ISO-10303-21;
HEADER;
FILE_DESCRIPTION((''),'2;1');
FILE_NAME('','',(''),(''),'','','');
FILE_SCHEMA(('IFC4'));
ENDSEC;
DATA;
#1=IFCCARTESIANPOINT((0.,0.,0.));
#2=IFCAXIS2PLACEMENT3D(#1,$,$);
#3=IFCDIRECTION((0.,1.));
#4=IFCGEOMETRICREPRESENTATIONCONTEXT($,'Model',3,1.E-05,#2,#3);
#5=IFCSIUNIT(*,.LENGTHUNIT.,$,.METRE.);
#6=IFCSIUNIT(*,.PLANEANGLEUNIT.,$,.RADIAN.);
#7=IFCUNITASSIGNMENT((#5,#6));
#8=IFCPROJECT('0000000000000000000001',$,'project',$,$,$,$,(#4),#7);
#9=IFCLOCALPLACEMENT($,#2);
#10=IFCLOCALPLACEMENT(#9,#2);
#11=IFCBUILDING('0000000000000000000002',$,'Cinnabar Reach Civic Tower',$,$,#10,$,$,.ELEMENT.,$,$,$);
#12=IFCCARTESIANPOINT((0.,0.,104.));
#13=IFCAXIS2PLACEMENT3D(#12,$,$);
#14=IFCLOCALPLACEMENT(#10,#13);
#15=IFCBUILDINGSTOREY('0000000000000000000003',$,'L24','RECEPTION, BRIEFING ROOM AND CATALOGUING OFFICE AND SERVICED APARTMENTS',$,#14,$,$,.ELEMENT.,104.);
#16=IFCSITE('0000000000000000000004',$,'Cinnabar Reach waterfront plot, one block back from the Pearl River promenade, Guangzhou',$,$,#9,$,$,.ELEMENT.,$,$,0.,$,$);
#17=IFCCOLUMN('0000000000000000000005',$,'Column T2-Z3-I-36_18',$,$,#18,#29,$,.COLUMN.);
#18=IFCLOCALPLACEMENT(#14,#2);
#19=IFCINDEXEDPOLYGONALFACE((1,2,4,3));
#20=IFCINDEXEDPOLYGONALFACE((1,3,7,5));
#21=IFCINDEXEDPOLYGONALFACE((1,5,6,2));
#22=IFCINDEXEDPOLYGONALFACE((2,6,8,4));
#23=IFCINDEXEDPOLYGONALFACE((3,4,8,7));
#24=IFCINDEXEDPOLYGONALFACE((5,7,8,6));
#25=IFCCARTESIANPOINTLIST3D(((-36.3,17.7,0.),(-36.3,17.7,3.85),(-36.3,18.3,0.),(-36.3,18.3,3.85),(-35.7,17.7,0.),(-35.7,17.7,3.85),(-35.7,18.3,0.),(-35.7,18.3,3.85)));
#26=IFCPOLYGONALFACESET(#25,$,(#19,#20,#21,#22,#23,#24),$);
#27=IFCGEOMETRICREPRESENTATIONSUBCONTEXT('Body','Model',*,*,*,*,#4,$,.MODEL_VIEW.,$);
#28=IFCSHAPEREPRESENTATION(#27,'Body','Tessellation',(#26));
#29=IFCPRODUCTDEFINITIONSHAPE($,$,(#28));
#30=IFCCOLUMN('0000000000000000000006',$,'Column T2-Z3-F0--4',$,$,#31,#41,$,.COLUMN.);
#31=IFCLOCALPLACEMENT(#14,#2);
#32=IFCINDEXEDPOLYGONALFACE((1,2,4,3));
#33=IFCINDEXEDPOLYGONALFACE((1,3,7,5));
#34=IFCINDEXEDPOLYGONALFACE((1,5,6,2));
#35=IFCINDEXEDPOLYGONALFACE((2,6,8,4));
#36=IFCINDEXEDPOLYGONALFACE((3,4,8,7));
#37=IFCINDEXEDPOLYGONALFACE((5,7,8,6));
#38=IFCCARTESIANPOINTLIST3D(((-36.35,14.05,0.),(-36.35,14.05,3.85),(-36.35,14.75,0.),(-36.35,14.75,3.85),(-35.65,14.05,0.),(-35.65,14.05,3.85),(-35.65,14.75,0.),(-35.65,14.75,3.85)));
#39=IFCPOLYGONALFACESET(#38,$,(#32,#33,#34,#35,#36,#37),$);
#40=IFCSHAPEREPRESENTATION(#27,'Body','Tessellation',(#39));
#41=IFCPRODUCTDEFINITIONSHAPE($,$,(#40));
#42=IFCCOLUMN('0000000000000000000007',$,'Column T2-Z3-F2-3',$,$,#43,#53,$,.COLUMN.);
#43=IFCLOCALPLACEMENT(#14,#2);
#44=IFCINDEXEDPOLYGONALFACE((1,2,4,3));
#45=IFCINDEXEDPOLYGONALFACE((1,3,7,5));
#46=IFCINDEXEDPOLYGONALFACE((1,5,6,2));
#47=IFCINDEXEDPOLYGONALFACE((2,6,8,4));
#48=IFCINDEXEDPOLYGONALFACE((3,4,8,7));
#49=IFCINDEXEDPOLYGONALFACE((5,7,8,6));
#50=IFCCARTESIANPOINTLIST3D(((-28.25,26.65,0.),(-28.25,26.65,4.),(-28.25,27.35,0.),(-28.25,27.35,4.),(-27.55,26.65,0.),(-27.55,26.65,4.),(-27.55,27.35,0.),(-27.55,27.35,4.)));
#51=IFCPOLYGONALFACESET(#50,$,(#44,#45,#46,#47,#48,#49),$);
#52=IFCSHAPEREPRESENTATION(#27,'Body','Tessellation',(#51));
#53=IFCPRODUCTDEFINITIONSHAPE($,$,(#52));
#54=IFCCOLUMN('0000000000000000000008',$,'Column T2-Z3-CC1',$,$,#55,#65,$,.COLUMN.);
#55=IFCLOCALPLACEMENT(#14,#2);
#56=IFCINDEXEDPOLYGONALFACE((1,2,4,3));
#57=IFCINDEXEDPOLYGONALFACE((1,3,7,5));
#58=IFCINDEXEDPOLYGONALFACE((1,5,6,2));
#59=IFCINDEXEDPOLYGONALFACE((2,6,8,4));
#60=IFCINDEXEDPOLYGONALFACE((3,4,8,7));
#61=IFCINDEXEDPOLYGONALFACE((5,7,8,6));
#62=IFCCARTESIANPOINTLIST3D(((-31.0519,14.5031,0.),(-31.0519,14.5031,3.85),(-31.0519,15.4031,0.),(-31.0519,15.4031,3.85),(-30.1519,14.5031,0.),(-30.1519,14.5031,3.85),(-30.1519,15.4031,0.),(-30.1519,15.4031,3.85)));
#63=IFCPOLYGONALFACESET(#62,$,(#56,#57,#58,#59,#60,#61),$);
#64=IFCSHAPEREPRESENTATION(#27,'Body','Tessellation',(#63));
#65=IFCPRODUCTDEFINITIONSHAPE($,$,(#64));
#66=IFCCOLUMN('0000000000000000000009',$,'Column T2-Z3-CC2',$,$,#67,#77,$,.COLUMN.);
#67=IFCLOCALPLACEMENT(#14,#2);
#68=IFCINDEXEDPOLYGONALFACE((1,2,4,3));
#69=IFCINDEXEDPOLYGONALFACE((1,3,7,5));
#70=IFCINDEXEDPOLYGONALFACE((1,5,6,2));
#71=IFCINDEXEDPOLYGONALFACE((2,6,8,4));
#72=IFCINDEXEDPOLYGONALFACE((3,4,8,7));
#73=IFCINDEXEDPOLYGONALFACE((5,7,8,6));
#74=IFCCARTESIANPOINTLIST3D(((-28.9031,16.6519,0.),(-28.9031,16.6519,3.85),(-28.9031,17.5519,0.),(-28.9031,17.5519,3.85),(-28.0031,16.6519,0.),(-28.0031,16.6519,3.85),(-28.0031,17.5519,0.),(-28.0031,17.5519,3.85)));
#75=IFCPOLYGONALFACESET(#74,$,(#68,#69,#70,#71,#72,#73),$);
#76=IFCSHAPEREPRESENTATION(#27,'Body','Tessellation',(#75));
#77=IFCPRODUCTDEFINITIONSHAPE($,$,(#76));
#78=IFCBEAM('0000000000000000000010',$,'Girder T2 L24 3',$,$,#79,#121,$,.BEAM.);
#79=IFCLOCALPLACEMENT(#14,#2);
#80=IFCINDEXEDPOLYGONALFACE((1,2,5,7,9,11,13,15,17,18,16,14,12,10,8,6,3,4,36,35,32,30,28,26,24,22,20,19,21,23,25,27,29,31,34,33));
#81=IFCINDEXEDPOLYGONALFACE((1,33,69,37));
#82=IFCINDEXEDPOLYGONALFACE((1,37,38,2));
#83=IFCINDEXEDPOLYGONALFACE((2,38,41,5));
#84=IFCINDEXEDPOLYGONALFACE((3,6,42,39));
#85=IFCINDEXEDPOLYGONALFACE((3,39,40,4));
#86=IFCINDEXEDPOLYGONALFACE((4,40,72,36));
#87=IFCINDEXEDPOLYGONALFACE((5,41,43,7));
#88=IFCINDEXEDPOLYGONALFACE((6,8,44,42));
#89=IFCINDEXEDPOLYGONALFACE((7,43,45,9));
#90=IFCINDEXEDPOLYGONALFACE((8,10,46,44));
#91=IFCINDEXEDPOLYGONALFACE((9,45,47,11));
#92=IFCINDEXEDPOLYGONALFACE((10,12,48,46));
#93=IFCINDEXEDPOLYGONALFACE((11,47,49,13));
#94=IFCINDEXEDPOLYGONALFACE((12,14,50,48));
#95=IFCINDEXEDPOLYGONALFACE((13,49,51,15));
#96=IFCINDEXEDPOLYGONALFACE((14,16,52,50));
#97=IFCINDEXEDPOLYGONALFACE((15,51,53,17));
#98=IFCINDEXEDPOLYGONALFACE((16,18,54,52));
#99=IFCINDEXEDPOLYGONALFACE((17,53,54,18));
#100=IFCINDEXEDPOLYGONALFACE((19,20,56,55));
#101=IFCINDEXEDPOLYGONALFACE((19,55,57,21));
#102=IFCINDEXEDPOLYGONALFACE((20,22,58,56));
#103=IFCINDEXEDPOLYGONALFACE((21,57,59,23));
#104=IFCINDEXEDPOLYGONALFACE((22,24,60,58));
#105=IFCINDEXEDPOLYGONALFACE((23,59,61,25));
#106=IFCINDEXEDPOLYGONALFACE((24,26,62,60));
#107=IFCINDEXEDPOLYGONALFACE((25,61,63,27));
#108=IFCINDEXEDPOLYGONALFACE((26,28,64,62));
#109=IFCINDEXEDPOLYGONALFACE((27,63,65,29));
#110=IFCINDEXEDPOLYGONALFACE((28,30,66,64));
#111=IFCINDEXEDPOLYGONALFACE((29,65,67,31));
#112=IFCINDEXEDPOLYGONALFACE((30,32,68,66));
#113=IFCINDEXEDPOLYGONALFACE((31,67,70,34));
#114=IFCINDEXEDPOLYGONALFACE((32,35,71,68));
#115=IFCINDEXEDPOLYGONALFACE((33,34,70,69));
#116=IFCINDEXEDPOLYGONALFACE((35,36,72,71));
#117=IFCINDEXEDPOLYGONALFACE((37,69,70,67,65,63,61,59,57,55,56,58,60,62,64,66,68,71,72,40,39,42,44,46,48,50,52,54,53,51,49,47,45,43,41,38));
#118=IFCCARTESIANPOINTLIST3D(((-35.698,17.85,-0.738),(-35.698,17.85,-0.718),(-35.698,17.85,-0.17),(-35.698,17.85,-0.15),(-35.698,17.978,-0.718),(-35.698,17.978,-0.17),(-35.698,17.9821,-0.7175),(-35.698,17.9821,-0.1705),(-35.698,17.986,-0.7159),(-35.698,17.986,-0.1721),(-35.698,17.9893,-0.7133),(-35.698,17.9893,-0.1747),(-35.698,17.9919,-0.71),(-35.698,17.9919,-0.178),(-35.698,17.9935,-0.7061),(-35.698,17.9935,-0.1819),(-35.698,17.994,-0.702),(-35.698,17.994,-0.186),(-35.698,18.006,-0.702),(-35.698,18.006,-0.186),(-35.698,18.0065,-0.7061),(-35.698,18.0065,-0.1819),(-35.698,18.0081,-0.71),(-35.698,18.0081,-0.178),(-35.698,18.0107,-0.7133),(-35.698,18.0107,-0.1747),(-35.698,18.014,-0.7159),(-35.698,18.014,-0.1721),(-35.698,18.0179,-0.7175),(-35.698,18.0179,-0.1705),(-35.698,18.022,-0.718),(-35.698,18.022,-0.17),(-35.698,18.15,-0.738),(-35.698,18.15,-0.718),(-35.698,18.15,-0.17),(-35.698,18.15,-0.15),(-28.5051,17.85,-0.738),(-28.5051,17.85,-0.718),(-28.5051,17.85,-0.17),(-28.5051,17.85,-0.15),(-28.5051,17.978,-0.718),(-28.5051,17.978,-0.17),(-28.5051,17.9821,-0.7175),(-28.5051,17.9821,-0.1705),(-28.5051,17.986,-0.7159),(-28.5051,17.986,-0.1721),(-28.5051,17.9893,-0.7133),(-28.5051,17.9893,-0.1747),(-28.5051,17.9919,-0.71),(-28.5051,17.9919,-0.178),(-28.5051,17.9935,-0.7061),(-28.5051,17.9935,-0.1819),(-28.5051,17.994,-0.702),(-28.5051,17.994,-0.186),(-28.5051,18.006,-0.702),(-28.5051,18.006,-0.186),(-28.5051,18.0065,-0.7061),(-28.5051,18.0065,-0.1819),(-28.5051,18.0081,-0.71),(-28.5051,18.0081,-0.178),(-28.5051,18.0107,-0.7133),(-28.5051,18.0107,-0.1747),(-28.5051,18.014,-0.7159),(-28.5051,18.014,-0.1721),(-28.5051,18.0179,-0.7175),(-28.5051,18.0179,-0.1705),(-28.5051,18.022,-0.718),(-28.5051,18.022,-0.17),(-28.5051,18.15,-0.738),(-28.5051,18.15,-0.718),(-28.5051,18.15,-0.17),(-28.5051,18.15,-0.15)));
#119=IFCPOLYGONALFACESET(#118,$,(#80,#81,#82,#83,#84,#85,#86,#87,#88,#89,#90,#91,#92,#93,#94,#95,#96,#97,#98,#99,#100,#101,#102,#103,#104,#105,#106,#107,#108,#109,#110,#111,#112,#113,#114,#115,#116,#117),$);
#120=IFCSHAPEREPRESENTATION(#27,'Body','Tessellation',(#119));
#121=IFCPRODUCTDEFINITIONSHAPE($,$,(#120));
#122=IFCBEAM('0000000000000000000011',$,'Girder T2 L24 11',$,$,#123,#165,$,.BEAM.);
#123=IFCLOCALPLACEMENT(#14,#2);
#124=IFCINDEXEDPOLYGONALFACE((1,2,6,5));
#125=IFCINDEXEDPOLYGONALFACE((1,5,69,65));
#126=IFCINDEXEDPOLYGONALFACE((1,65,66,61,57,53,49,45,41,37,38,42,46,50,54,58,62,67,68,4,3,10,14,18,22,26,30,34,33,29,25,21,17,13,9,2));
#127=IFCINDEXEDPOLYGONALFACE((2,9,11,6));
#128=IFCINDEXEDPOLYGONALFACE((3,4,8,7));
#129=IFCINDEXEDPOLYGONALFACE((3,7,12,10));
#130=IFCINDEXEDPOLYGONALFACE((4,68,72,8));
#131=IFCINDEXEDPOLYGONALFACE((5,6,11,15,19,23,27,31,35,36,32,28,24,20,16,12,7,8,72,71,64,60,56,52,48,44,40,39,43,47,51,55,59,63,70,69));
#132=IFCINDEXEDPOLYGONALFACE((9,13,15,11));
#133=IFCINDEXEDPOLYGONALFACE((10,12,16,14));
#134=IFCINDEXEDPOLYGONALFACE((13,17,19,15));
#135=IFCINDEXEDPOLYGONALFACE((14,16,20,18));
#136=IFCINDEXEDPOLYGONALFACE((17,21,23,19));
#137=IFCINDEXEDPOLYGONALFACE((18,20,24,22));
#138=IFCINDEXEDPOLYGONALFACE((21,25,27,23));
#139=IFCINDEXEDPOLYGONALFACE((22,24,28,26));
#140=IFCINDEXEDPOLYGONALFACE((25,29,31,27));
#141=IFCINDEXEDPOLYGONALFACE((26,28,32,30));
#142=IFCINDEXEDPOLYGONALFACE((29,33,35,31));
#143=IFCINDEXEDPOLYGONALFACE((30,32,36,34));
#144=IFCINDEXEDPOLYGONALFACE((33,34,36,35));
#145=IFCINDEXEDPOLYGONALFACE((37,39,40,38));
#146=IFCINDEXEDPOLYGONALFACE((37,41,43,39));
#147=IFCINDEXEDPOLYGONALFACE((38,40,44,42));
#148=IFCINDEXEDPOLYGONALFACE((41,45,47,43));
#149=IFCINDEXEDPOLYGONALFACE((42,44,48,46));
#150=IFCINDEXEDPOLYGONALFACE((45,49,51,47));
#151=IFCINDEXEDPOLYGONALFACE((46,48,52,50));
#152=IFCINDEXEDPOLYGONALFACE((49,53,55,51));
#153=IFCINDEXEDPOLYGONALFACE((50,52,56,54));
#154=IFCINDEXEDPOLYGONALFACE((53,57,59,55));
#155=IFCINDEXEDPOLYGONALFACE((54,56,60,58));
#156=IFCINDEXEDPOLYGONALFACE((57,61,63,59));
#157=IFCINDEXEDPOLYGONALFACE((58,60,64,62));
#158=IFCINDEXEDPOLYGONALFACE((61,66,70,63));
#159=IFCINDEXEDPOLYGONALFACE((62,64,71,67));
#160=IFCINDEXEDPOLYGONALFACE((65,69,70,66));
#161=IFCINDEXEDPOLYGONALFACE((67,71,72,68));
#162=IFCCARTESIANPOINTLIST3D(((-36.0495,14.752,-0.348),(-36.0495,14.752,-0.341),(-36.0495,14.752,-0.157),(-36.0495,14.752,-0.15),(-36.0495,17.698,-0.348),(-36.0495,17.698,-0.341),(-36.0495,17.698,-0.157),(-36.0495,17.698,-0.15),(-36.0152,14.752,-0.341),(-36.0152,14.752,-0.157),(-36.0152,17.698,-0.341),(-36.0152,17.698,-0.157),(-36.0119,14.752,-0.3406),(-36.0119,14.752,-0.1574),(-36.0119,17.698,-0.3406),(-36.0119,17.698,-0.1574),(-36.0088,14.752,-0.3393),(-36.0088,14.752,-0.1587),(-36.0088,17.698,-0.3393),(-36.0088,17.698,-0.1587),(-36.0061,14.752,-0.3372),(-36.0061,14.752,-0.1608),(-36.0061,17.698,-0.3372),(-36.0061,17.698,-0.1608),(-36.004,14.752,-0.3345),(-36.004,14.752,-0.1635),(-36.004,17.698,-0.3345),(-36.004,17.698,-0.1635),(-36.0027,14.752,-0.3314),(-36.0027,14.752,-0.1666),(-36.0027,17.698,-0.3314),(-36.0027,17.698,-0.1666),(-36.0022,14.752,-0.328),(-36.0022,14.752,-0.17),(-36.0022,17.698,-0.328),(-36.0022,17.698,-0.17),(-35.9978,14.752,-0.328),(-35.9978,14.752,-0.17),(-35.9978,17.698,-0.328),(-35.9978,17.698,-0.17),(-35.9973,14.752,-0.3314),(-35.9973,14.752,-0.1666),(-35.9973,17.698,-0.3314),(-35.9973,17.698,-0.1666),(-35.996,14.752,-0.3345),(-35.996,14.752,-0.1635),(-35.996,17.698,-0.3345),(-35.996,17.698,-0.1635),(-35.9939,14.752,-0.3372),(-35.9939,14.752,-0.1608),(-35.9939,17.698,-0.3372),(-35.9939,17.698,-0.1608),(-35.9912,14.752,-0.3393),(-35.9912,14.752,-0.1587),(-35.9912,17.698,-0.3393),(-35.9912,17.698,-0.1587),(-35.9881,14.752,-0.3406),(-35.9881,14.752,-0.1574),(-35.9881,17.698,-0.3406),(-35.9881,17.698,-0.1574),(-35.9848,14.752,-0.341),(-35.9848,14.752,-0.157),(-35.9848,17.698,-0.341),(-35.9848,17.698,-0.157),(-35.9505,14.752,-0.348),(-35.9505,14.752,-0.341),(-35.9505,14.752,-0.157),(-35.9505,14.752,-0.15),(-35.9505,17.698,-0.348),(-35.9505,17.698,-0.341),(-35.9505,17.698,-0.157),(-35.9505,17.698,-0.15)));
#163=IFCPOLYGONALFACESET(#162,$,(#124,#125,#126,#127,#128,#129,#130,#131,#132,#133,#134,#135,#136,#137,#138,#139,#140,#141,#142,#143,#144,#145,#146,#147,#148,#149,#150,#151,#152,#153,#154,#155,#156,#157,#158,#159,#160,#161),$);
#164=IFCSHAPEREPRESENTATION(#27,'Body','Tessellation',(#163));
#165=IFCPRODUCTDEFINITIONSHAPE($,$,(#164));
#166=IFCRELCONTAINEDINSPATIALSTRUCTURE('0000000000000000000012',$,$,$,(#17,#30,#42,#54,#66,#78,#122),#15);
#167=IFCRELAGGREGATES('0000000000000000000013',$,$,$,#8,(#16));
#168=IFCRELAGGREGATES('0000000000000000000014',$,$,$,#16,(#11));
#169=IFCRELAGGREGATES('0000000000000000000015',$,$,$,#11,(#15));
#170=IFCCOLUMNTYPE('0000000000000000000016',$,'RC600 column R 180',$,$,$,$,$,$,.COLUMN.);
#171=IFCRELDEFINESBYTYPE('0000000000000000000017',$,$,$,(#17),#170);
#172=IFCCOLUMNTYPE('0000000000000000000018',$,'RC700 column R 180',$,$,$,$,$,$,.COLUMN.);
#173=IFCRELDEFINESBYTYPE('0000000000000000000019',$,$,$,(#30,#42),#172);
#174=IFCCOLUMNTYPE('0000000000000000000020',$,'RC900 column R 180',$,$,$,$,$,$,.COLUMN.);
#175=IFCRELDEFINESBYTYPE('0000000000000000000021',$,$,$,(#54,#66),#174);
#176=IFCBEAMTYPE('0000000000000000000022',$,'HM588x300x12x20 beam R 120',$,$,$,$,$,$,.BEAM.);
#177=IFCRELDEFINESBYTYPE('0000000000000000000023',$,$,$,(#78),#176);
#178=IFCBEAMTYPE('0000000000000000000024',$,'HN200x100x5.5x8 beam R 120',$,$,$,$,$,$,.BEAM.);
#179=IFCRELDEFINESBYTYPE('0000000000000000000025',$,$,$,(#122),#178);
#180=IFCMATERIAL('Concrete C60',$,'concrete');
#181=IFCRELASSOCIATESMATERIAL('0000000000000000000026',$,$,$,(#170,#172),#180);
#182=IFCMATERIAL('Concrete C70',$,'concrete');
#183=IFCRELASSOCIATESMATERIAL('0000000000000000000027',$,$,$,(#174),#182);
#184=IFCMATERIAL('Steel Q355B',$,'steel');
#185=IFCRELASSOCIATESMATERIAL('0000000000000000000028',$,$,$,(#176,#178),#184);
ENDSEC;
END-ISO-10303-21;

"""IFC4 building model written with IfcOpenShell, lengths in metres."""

from ifc_helpers import new_model, si_unit, direction, frame, origin, origin_2d, place, context, subcontext, project, spatial, rectangle, i_section, extrude, material, material_profile, profile_set, type_object, element, save


model = new_model("IFC4")

# Units and contexts
model_context = context("Model", 3, precision=1e-05, world=origin(), true_north=direction((0.0, 1.0)))
body_context = subcontext(model_context, "Body", "Model", "MODEL_VIEW")
ifc_project = project(units=[si_unit("LENGTHUNIT", "METRE"), si_unit("PLANEANGLEUNIT", "RADIAN")], contexts=[model_context])

# Site, building, storey
site_placement = place(None, origin())
site = spatial("IfcSite", under=ifc_project, at=site_placement, Name="Cinnabar Reach waterfront plot, one block back from the Pearl River promenade, Guangzhou", CompositionType="ELEMENT", RefElevation=0.0)
building_placement = place(site_placement, origin())
building = spatial("IfcBuilding", under=site, at=building_placement, Name="Cinnabar Reach Civic Tower", CompositionType="ELEMENT")
storey_placement = place(building_placement, frame((0.0, 0.0, 104.0)))
storey = spatial("IfcBuildingStorey", under=building, at=storey_placement, Name="L24", Description="RECEPTION, BRIEFING ROOM AND CATALOGUING OFFICE AND SERVICED APARTMENTS", CompositionType="ELEMENT", Elevation=104.0)

# Columns
ifc_material_1 = material(Name="Concrete C60", Category="concrete")
ifc_material_profile_1 = material_profile(ifc_material_1, rectangle(XDim=0.6, YDim=0.6, at=origin_2d()), Name="RC600")
ifc_profile_set_1 = profile_set([ifc_material_profile_1], Name="Concrete C60")
column_type_1 = type_object("IfcColumnType", Name="RC600 column R 180", PredefinedType="COLUMN", material=ifc_profile_set_1)
column_1_placement = place(storey_placement, frame((-36.0, 18.0, 0.0), z_axis=(0.0, 0.0, 1.0), x_axis=(1.0, 0.0, 0.0)))
element("IfcColumn", 1, at=column_1_placement, inside=storey, type_object=column_type_1, Name="Column T2-Z3-I-36_18", PredefinedType="COLUMN", context=body_context, shape_type="SweptSolid", body=[
    extrude(rectangle(XDim=0.6, YDim=0.6, at=origin_2d()), origin(), (0.0, 0.0, 1.0), 3.85),
])
ifc_material_profile_2 = material_profile(ifc_material_1, rectangle(XDim=0.7, YDim=0.7, at=origin_2d()), Name="RC700")
ifc_profile_set_2 = profile_set([ifc_material_profile_2], Name="Concrete C60")
column_type_2 = type_object("IfcColumnType", Name="RC700 column R 180", PredefinedType="COLUMN", material=ifc_profile_set_2)
column_2_placement = place(storey_placement, frame((-36.0, 14.4, 0.0), z_axis=(0.0, 0.0, 1.0), x_axis=(1.0, 0.0, 0.0)))
element("IfcColumn", 2, at=column_2_placement, inside=storey, type_object=column_type_2, Name="Column T2-Z3-F0--4", PredefinedType="COLUMN", context=body_context, shape_type="SweptSolid", body=[
    extrude(rectangle(XDim=0.7, YDim=0.7, at=origin_2d()), origin(), (0.0, 0.0, 1.0), 3.85),
])
column_3_placement = place(storey_placement, frame((-27.9, 27.0, 0.0), z_axis=(0.0, 0.0, 1.0), x_axis=(1.0, 0.0, 0.0)))
element("IfcColumn", 3, at=column_3_placement, inside=storey, type_object=column_type_2, Name="Column T2-Z3-F2-3", PredefinedType="COLUMN", context=body_context, shape_type="SweptSolid", body=[
    extrude(rectangle(XDim=0.7, YDim=0.7, at=origin_2d()), origin(), (0.0, 0.0, 1.0), 4.0),
])
ifc_material_2 = material(Name="Concrete C70", Category="concrete")
ifc_material_profile_3 = material_profile(ifc_material_2, rectangle(XDim=0.9, YDim=0.9, at=origin_2d()), Name="RC900")
ifc_profile_set_3 = profile_set([ifc_material_profile_3], Name="Concrete C70")
column_type_3 = type_object("IfcColumnType", Name="RC900 column R 180", PredefinedType="COLUMN", material=ifc_profile_set_3)
for number, where, z_axis, x_axis, name in (
    (4, (-30.6019, 14.9531, 0.0), (0.0, 0.0, 1.0), (1.0, 0.0, 0.0), "Column T2-Z3-CC1"),
    (5, (-28.4531, 17.1019, 0.0), (0.0, 0.0, 1.0), (1.0, 0.0, 0.0), "Column T2-Z3-CC2"),
):
    element("IfcColumn", number, at=place(storey_placement, frame(where, z_axis=z_axis, x_axis=x_axis)), inside=storey, type_object=column_type_3, Name=name, PredefinedType="COLUMN", context=body_context, shape_type="SweptSolid", body=[
        extrude(rectangle(XDim=0.9, YDim=0.9, at=origin_2d()), origin(), (0.0, 0.0, 1.0), 3.85),
    ])

# Beams
ifc_material_3 = material(Name="Steel Q355B", Category="steel")
ifc_material_profile_4 = material_profile(ifc_material_3, i_section(OverallWidth=0.3, OverallDepth=0.588, WebThickness=0.012, FlangeThickness=0.02, FilletRadius=0.016, at=origin_2d()), Name="HM588x300x12x20")
ifc_profile_set_4 = profile_set([ifc_material_profile_4], Name="Steel Q355B")
beam_type_1 = type_object("IfcBeamType", Name="HM588x300x12x20 beam R 120", PredefinedType="BEAM", material=ifc_profile_set_4)
beam_1_placement = place(storey_placement, frame((-35.698, 18.0, -0.444), z_axis=(1.0, 0.0, 0.0), x_axis=(0.0, 1.0, 0.0)))
element("IfcBeam", 6, at=beam_1_placement, inside=storey, type_object=beam_type_1, Name="Girder T2 L24 3", PredefinedType="BEAM", context=body_context, shape_type="SweptSolid", body=[
    extrude(i_section(OverallWidth=0.3, OverallDepth=0.588, WebThickness=0.012, FlangeThickness=0.02, FilletRadius=0.016, at=origin_2d()), origin(), (0.0, 0.0, 1.0), 7.1929),
])
ifc_material_profile_5 = material_profile(ifc_material_3, i_section(OverallWidth=0.099, OverallDepth=0.198, WebThickness=0.0045, FlangeThickness=0.007, FilletRadius=0.013, at=origin_2d()), Name="HN200x100x5.5x8")
ifc_profile_set_5 = profile_set([ifc_material_profile_5], Name="Steel Q355B")
beam_type_2 = type_object("IfcBeamType", Name="HN200x100x5.5x8 beam R 120", PredefinedType="BEAM", material=ifc_profile_set_5)
beam_2_placement = place(storey_placement, frame((-36.0, 14.752, -0.249), z_axis=(0.0, 1.0, 0.0), x_axis=(-1.0, 0.0, 0.0)))
element("IfcBeam", 7, at=beam_2_placement, inside=storey, type_object=beam_type_2, Name="Girder T2 L24 11", PredefinedType="BEAM", context=body_context, shape_type="SweptSolid", body=[
    extrude(i_section(OverallWidth=0.099, OverallDepth=0.198, WebThickness=0.0045, FlangeThickness=0.007, FilletRadius=0.013, at=origin_2d()), origin(), (0.0, 0.0, 1.0), 2.946),
])

save(model, "model.ifc")
